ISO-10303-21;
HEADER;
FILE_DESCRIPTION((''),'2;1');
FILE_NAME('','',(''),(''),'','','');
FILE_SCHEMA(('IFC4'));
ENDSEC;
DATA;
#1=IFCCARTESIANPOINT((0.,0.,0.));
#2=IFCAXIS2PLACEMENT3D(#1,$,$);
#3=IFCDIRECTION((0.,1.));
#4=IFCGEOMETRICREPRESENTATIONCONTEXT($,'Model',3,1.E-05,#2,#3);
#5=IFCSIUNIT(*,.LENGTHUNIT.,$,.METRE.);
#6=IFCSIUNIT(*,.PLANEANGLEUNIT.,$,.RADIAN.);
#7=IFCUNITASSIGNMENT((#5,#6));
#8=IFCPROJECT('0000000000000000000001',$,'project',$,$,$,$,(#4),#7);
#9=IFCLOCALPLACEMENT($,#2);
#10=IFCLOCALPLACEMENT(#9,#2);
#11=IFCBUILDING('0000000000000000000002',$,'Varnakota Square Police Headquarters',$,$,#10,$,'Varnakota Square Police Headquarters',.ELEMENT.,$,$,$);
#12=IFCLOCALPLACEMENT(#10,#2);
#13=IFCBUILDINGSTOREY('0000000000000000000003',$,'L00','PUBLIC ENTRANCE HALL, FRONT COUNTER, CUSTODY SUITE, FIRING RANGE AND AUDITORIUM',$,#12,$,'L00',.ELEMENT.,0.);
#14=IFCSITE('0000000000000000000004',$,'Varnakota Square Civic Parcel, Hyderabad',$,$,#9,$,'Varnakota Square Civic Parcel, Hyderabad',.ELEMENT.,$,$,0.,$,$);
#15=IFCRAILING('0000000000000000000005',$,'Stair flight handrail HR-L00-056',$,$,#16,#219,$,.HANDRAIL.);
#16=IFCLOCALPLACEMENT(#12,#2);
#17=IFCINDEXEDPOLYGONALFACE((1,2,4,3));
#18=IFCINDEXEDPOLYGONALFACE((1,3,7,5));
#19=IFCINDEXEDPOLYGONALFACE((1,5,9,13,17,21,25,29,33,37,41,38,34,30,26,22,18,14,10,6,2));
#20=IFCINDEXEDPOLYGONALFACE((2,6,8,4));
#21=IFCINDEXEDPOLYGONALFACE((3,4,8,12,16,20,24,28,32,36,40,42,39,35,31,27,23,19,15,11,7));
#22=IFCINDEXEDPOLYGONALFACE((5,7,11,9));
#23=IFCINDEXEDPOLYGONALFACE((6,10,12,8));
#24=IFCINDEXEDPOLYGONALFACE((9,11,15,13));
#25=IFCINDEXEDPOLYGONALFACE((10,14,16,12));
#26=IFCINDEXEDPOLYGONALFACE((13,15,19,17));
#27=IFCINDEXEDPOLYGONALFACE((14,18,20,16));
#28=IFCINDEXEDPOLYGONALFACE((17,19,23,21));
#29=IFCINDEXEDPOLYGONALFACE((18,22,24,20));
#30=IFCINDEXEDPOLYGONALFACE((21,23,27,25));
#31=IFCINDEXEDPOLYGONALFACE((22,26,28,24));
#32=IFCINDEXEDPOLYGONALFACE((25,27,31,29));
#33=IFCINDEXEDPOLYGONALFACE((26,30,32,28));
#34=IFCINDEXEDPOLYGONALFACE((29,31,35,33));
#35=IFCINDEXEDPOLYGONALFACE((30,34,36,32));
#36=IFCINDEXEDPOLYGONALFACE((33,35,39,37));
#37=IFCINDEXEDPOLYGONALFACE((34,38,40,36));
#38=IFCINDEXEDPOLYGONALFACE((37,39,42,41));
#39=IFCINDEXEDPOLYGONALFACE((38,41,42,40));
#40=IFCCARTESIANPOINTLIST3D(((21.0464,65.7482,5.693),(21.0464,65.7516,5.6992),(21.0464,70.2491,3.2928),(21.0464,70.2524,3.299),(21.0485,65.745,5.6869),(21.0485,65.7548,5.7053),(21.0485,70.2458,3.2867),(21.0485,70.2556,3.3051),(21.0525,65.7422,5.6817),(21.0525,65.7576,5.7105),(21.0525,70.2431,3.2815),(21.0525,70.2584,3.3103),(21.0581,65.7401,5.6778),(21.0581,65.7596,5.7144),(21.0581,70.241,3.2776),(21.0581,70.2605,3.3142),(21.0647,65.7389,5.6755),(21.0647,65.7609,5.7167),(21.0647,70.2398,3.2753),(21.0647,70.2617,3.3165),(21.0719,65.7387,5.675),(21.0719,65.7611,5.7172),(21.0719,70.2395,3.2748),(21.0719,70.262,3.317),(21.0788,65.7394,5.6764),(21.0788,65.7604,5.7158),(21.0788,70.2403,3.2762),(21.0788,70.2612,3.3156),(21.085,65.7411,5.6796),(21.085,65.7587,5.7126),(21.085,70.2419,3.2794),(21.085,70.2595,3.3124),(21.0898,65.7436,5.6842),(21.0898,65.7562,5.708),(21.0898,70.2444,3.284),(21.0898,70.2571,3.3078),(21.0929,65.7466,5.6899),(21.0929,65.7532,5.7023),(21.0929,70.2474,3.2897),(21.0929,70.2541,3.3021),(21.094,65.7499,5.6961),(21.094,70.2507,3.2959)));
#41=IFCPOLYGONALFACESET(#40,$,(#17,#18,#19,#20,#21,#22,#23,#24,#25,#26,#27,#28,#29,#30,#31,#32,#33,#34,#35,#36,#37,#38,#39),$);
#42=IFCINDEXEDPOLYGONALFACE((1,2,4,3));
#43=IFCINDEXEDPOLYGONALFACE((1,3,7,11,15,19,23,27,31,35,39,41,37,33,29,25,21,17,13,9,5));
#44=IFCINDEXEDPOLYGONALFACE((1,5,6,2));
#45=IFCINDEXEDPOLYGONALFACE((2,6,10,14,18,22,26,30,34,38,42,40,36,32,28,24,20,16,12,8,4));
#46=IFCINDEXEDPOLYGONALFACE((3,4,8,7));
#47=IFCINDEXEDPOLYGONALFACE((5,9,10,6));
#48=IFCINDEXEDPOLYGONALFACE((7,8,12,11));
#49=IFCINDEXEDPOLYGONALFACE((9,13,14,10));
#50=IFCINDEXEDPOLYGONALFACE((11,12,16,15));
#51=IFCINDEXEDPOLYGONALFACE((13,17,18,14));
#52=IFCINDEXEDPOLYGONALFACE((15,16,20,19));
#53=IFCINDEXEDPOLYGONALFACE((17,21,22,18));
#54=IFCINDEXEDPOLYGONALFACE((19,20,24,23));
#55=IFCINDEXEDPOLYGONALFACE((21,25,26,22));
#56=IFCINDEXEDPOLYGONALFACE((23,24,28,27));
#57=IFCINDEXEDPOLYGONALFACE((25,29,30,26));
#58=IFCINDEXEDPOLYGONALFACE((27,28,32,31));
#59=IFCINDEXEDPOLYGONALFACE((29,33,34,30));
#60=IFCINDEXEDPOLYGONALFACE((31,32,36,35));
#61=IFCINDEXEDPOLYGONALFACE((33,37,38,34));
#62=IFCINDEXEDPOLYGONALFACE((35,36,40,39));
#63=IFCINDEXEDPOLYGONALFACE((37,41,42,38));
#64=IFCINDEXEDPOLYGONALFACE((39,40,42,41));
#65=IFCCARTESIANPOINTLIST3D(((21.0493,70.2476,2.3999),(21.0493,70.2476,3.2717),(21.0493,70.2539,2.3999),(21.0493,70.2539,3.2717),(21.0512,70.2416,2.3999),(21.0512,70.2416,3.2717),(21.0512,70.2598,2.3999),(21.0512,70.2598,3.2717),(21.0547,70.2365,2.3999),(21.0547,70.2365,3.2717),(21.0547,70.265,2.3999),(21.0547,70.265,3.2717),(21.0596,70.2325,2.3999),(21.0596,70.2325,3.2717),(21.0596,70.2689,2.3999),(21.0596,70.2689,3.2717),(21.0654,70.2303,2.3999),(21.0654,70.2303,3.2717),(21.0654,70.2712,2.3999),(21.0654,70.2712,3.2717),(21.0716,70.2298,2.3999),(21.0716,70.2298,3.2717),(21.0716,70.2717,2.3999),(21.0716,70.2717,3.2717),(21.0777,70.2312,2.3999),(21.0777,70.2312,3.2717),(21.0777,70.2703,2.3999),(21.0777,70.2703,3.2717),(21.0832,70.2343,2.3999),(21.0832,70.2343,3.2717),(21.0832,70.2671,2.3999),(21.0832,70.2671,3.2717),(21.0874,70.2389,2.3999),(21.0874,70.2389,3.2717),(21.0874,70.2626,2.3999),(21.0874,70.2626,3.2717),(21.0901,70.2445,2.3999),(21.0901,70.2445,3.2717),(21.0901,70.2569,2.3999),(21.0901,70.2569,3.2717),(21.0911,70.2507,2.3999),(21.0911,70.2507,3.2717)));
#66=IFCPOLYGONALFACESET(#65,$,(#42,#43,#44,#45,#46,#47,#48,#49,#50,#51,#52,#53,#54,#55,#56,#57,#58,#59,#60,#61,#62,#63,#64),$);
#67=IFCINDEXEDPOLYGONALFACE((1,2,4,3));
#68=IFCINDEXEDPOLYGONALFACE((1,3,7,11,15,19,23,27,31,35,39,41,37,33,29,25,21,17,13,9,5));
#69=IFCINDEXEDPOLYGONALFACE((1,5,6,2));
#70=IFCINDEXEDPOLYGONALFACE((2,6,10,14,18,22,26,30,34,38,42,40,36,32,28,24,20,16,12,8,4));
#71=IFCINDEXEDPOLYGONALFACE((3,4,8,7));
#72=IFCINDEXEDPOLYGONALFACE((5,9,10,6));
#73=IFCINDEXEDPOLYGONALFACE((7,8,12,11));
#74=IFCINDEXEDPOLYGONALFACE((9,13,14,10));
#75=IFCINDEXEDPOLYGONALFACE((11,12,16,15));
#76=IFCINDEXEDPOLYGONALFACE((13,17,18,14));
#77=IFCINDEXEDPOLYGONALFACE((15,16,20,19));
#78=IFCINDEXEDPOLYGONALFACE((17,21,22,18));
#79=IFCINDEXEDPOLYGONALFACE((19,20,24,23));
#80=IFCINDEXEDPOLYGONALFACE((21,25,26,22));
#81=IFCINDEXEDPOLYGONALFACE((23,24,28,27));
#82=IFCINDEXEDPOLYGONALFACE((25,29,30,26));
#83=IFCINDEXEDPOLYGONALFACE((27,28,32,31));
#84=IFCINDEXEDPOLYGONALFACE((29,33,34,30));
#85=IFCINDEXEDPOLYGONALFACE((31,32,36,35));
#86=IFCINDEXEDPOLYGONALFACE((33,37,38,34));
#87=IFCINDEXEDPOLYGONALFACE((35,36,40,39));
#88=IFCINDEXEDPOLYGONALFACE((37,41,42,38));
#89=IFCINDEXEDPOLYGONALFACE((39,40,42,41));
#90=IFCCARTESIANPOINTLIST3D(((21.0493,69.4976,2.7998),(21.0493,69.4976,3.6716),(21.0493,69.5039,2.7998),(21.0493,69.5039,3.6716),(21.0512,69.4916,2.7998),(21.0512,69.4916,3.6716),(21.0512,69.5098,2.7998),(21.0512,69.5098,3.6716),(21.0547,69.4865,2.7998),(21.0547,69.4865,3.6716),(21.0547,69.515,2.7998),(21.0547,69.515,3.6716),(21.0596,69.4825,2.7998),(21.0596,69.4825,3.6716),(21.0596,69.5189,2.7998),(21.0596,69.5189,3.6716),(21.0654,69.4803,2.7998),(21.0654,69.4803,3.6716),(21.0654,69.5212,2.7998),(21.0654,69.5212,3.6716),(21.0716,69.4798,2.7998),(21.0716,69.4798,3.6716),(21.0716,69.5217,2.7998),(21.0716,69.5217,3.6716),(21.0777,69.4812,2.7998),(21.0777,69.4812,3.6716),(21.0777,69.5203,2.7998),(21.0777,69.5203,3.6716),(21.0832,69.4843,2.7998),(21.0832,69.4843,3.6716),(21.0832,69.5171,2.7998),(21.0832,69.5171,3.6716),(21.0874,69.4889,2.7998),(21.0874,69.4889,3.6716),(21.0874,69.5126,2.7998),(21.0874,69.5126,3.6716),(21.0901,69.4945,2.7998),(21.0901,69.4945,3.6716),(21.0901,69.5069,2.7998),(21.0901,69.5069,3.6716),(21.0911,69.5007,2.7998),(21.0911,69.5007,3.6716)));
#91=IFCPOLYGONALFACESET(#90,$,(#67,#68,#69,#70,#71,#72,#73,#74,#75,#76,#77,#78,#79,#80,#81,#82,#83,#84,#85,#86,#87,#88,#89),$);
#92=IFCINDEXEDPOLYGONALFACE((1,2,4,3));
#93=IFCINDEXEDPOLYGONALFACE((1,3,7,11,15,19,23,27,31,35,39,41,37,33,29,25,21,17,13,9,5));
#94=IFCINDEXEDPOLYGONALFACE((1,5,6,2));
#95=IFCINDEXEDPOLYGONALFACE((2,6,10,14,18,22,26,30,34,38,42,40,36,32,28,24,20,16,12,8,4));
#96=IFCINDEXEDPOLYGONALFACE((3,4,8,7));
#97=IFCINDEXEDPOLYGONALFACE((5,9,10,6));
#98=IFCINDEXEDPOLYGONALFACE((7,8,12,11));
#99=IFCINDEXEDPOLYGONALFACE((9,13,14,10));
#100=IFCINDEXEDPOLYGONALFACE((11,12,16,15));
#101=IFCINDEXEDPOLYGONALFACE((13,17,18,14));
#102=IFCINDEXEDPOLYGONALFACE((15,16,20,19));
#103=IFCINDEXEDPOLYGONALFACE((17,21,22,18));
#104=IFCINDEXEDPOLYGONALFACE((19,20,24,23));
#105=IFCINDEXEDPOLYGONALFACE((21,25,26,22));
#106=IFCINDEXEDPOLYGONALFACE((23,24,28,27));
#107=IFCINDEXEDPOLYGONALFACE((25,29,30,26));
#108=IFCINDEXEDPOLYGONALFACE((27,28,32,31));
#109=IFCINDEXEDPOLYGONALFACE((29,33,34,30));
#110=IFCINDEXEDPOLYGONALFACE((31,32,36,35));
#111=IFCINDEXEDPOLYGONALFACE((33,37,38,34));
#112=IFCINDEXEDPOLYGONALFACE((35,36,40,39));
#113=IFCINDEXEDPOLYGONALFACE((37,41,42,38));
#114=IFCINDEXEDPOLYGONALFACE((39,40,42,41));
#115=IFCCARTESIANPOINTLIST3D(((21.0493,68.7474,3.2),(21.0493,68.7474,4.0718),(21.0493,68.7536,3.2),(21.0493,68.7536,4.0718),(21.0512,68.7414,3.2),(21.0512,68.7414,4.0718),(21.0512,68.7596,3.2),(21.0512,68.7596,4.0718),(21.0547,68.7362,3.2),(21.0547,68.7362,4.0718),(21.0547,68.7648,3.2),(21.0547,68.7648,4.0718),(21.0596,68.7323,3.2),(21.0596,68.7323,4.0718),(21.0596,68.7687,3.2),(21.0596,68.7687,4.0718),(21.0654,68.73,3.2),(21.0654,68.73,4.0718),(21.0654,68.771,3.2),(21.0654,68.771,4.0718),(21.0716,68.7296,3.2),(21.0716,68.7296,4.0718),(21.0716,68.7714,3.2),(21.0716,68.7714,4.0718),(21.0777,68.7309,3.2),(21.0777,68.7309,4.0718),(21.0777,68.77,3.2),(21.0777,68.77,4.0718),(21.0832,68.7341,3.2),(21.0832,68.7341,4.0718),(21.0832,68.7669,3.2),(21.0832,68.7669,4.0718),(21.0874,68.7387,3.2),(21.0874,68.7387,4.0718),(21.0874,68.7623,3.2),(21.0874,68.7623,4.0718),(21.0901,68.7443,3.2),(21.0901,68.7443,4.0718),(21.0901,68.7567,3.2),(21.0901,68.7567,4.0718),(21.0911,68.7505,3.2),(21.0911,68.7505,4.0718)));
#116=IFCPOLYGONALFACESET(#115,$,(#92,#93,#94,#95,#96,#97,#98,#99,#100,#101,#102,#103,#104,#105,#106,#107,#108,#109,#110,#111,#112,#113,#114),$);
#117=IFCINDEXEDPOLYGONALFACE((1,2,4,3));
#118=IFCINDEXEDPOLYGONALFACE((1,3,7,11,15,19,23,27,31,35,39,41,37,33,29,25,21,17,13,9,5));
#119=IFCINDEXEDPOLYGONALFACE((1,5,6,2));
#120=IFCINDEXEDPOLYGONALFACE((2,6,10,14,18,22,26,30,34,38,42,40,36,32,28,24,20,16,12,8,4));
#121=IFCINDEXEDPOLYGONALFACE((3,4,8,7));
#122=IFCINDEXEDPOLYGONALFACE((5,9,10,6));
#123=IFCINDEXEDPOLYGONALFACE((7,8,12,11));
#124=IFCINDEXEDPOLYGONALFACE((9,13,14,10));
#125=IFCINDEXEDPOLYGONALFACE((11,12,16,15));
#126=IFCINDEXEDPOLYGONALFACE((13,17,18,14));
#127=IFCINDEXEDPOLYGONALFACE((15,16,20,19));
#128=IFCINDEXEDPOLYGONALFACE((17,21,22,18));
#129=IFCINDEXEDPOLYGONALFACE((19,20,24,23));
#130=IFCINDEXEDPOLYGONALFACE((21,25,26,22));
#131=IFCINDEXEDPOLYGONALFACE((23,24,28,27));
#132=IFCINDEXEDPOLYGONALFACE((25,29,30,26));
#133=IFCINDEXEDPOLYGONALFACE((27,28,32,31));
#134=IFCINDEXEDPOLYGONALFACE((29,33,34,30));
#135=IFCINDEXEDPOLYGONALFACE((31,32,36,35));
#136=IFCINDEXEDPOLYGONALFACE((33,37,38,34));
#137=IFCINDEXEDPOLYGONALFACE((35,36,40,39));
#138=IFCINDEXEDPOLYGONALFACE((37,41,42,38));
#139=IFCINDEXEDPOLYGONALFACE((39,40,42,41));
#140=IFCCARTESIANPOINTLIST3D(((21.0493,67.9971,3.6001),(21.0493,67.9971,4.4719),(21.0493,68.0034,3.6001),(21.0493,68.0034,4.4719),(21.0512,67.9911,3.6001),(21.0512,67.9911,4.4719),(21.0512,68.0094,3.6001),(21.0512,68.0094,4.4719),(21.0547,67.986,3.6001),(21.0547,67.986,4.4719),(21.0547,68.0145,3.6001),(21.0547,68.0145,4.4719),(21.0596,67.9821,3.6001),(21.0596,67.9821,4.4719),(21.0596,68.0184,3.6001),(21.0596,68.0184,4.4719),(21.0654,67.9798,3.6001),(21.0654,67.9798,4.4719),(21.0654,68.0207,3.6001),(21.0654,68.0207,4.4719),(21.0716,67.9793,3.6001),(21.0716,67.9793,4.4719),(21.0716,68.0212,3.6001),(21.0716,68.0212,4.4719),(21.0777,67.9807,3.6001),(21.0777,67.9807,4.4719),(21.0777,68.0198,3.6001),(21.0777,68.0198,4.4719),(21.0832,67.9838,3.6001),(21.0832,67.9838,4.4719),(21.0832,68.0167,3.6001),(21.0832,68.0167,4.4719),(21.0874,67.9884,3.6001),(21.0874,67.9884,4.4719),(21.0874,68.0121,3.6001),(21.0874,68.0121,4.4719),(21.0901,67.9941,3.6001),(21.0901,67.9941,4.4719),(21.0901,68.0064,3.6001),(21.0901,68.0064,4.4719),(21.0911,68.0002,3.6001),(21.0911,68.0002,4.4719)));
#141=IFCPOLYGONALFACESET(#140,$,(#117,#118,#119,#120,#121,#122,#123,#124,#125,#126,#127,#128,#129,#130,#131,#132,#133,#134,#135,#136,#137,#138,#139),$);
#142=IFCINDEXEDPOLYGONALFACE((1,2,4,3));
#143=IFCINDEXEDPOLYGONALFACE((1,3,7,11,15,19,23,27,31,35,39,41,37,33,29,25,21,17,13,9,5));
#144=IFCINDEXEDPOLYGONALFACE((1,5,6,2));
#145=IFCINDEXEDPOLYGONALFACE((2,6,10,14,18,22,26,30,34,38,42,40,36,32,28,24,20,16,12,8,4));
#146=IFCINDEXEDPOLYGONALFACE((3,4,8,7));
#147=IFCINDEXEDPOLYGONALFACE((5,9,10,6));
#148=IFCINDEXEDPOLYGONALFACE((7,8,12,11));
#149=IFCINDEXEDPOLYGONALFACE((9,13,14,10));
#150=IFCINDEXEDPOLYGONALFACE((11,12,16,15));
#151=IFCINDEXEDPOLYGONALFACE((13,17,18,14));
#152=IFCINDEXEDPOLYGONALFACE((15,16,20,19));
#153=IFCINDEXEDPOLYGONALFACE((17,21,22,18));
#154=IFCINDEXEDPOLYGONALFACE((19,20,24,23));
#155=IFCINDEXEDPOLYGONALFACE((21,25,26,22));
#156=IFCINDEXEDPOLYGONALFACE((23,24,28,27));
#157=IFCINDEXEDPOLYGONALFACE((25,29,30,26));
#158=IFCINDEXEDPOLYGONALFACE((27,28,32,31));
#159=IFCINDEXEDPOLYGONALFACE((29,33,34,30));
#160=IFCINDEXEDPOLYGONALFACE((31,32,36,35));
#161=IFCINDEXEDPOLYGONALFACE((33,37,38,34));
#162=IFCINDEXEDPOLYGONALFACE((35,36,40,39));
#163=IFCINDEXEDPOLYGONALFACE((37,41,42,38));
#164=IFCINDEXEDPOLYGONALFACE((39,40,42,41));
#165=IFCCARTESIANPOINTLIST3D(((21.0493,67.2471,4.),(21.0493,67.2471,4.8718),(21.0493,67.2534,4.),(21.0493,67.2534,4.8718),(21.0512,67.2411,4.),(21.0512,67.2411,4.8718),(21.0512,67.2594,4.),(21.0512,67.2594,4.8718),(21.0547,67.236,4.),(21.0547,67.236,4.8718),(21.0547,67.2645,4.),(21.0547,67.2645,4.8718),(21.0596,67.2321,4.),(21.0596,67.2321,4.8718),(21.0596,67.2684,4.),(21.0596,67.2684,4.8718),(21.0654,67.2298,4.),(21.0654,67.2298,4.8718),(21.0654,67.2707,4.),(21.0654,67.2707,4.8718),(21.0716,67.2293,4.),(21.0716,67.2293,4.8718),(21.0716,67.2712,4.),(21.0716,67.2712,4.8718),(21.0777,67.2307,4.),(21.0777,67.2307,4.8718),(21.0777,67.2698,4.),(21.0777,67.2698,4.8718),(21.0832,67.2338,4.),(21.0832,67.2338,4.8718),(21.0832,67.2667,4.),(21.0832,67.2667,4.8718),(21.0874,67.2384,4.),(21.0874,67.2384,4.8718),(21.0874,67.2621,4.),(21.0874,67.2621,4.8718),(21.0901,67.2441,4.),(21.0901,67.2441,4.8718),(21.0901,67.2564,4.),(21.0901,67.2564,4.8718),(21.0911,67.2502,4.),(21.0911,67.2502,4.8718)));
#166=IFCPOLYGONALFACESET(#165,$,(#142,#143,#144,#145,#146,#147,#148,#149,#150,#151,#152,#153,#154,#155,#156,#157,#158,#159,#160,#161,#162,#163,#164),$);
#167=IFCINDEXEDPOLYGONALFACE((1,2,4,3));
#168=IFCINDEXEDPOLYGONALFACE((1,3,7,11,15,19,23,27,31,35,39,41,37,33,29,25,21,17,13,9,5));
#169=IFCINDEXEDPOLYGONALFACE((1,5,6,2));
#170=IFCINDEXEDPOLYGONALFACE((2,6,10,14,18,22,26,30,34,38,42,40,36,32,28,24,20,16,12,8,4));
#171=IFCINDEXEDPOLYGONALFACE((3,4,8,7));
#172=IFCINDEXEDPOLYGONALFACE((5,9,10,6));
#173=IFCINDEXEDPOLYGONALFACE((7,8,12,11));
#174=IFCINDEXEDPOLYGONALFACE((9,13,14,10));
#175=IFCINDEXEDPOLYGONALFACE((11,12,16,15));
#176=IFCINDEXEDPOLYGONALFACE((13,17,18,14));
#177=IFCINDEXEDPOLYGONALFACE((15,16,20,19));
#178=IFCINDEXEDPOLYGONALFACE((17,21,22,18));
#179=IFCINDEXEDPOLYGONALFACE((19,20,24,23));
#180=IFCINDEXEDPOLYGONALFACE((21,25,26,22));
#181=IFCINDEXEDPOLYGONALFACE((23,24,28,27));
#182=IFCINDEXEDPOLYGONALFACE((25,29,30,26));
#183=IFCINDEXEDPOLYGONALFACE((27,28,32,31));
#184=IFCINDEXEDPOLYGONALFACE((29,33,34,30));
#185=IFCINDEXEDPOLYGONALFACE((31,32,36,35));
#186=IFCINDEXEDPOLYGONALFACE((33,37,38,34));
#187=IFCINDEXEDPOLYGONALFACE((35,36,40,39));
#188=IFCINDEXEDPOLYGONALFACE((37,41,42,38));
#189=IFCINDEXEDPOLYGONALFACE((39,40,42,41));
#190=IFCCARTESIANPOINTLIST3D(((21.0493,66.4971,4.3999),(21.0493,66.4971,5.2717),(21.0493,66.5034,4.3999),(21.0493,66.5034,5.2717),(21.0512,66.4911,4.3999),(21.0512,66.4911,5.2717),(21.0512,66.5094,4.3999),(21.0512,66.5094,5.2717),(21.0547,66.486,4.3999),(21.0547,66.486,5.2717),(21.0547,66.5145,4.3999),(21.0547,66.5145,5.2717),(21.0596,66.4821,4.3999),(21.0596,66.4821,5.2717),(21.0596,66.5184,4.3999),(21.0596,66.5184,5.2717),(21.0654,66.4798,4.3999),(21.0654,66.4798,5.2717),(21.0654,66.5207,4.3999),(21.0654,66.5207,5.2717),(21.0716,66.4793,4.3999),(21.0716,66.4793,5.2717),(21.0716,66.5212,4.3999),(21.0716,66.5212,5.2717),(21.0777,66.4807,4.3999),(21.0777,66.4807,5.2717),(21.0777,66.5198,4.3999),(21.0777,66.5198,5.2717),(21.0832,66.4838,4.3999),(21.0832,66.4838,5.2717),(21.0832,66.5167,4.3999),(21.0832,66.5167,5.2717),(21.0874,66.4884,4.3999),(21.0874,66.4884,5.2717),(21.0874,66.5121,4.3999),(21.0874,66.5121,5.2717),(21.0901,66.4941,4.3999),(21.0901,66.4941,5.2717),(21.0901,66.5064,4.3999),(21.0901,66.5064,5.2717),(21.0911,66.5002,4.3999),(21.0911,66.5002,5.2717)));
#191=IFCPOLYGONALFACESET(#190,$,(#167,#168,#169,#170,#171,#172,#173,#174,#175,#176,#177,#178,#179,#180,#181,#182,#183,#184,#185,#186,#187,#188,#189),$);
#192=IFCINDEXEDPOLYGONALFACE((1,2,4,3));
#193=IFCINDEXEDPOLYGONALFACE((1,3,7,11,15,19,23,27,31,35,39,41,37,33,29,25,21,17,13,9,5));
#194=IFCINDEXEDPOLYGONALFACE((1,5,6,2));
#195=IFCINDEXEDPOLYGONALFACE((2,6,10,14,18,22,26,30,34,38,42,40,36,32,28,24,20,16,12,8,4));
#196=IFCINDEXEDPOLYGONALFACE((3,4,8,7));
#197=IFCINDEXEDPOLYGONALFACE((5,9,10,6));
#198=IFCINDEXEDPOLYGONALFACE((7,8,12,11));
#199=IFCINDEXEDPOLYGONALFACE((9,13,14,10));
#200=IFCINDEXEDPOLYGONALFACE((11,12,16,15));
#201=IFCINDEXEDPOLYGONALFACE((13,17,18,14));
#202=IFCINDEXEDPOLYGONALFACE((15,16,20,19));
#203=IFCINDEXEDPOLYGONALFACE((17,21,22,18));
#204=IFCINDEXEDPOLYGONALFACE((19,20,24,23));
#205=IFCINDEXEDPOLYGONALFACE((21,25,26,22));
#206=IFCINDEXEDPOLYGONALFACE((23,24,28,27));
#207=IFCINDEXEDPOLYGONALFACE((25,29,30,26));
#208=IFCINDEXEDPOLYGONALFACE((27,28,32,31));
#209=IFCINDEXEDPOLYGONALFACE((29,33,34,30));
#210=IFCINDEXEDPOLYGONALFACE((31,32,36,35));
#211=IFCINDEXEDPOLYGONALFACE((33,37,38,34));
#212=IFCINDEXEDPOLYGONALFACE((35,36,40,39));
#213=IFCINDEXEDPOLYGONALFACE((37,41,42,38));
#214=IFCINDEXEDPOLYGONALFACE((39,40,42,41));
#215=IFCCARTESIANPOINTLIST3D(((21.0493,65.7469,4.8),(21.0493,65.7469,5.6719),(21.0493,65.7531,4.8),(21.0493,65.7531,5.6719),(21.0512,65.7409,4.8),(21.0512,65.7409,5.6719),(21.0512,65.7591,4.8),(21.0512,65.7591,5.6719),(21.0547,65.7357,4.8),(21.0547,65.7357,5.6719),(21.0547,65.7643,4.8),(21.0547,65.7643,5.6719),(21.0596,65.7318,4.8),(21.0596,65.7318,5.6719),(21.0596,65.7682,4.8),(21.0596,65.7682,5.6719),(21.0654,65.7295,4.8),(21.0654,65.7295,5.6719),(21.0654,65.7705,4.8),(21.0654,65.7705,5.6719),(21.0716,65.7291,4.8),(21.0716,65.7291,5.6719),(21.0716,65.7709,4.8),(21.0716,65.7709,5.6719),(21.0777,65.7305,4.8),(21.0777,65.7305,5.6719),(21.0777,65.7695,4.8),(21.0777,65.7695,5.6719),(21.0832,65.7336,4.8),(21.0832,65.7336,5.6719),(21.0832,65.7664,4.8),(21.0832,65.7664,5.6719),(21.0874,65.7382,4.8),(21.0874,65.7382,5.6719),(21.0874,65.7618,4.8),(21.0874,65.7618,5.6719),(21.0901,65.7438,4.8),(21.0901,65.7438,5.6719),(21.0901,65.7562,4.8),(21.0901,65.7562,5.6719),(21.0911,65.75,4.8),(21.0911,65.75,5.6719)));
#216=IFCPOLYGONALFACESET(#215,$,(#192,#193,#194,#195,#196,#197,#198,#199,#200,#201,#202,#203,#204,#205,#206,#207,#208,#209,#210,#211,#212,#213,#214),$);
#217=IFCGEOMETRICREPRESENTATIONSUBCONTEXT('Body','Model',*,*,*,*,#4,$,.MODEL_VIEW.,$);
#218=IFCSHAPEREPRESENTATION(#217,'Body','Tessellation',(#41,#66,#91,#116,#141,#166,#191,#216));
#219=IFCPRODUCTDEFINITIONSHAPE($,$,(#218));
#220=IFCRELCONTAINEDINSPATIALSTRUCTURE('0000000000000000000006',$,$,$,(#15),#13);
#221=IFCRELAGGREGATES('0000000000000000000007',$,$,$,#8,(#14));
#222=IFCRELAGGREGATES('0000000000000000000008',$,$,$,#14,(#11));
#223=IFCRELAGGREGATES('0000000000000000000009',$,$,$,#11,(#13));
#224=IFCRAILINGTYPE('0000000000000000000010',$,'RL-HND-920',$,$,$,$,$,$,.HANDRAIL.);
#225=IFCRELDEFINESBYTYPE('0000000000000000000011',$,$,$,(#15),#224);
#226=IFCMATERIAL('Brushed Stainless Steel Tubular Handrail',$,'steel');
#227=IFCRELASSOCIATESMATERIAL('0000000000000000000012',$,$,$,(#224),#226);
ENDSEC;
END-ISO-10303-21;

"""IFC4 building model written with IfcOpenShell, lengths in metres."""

from ifc_helpers import new_model, si_unit, direction, frame, origin, origin_2d, place, context, subcontext, project, spatial, circle, extrude, material, type_object, element, save


model = new_model("IFC4")

# Units and contexts
model_context = context("Model", 3, precision=1e-05, world=origin(), true_north=direction((0.0, 1.0)))
body_context = subcontext(model_context, "Body", "Model", "MODEL_VIEW")
ifc_project = project(units=[si_unit("LENGTHUNIT", "METRE"), si_unit("PLANEANGLEUNIT", "RADIAN")], contexts=[model_context])

# Site, building, storey
site_placement = place(None, origin())
site = spatial("IfcSite", under=ifc_project, at=site_placement, Name="Varnakota Square Civic Parcel, Hyderabad", LongName="Varnakota Square Civic Parcel, Hyderabad", CompositionType="ELEMENT", RefElevation=0.0)
building_placement = place(site_placement, origin())
building = spatial("IfcBuilding", under=site, at=building_placement, Name="Varnakota Square Police Headquarters", LongName="Varnakota Square Police Headquarters", CompositionType="ELEMENT")
storey_placement = place(building_placement, origin())
storey = spatial("IfcBuildingStorey", under=building, at=storey_placement, Name="L00", Description="PUBLIC ENTRANCE HALL, FRONT COUNTER, CUSTODY SUITE, FIRING RANGE AND AUDITORIUM", LongName="L00", CompositionType="ELEMENT", Elevation=0.0)

# Railing
ifc_material_1 = material(Name="Brushed Stainless Steel Tubular Handrail", Category="steel")
railing_type_1 = type_object("IfcRailingType", Name="RL-HND-920", PredefinedType="HANDRAIL", material=ifc_material_1)
railing_1_placement = place(storey_placement, frame((21.0701, 70.2507, 2.3999)))
element("IfcRailing", 1, at=railing_1_placement, inside=storey, type_object=railing_type_1, Name="Stair flight handrail HR-L00-056", PredefinedType="HANDRAIL", context=body_context, shape_type="SweptSolid", body=[
    extrude(circle(Radius=0.0239, at=origin_2d()), frame((0.0, 0.0, 0.896), z_axis=(0.0, -0.882373, 0.470551), x_axis=(1.0, 0.0, 0.0)), (0.0, 0.0, 1.0), 5.1008),
    extrude(circle(Radius=0.021, at=origin_2d()), origin(), (0.0, 0.0, 1.0), 0.8718),
    extrude(circle(Radius=0.021, at=origin_2d()), frame((0.0, -0.75, 0.3999)), (0.0, 0.0, 1.0), 0.8718),
    extrude(circle(Radius=0.021, at=origin_2d()), frame((0.0, -1.5002, 0.8)), (0.0, 0.0, 1.0), 0.8718),
    extrude(circle(Radius=0.021, at=origin_2d()), frame((0.0, -2.2505, 1.2002)), (0.0, 0.0, 1.0), 0.8718),
    extrude(circle(Radius=0.021, at=origin_2d()), frame((0.0, -3.0005, 1.6001)), (0.0, 0.0, 1.0), 0.8718),
    extrude(circle(Radius=0.021, at=origin_2d()), frame((0.0, -3.7505, 2.0)), (0.0, 0.0, 1.0), 0.8718),
    extrude(circle(Radius=0.021, at=origin_2d()), frame((0.0, -4.5007, 2.4001)), (0.0, 0.0, 1.0), 0.8718),
])

save(model, "model.ifc")
